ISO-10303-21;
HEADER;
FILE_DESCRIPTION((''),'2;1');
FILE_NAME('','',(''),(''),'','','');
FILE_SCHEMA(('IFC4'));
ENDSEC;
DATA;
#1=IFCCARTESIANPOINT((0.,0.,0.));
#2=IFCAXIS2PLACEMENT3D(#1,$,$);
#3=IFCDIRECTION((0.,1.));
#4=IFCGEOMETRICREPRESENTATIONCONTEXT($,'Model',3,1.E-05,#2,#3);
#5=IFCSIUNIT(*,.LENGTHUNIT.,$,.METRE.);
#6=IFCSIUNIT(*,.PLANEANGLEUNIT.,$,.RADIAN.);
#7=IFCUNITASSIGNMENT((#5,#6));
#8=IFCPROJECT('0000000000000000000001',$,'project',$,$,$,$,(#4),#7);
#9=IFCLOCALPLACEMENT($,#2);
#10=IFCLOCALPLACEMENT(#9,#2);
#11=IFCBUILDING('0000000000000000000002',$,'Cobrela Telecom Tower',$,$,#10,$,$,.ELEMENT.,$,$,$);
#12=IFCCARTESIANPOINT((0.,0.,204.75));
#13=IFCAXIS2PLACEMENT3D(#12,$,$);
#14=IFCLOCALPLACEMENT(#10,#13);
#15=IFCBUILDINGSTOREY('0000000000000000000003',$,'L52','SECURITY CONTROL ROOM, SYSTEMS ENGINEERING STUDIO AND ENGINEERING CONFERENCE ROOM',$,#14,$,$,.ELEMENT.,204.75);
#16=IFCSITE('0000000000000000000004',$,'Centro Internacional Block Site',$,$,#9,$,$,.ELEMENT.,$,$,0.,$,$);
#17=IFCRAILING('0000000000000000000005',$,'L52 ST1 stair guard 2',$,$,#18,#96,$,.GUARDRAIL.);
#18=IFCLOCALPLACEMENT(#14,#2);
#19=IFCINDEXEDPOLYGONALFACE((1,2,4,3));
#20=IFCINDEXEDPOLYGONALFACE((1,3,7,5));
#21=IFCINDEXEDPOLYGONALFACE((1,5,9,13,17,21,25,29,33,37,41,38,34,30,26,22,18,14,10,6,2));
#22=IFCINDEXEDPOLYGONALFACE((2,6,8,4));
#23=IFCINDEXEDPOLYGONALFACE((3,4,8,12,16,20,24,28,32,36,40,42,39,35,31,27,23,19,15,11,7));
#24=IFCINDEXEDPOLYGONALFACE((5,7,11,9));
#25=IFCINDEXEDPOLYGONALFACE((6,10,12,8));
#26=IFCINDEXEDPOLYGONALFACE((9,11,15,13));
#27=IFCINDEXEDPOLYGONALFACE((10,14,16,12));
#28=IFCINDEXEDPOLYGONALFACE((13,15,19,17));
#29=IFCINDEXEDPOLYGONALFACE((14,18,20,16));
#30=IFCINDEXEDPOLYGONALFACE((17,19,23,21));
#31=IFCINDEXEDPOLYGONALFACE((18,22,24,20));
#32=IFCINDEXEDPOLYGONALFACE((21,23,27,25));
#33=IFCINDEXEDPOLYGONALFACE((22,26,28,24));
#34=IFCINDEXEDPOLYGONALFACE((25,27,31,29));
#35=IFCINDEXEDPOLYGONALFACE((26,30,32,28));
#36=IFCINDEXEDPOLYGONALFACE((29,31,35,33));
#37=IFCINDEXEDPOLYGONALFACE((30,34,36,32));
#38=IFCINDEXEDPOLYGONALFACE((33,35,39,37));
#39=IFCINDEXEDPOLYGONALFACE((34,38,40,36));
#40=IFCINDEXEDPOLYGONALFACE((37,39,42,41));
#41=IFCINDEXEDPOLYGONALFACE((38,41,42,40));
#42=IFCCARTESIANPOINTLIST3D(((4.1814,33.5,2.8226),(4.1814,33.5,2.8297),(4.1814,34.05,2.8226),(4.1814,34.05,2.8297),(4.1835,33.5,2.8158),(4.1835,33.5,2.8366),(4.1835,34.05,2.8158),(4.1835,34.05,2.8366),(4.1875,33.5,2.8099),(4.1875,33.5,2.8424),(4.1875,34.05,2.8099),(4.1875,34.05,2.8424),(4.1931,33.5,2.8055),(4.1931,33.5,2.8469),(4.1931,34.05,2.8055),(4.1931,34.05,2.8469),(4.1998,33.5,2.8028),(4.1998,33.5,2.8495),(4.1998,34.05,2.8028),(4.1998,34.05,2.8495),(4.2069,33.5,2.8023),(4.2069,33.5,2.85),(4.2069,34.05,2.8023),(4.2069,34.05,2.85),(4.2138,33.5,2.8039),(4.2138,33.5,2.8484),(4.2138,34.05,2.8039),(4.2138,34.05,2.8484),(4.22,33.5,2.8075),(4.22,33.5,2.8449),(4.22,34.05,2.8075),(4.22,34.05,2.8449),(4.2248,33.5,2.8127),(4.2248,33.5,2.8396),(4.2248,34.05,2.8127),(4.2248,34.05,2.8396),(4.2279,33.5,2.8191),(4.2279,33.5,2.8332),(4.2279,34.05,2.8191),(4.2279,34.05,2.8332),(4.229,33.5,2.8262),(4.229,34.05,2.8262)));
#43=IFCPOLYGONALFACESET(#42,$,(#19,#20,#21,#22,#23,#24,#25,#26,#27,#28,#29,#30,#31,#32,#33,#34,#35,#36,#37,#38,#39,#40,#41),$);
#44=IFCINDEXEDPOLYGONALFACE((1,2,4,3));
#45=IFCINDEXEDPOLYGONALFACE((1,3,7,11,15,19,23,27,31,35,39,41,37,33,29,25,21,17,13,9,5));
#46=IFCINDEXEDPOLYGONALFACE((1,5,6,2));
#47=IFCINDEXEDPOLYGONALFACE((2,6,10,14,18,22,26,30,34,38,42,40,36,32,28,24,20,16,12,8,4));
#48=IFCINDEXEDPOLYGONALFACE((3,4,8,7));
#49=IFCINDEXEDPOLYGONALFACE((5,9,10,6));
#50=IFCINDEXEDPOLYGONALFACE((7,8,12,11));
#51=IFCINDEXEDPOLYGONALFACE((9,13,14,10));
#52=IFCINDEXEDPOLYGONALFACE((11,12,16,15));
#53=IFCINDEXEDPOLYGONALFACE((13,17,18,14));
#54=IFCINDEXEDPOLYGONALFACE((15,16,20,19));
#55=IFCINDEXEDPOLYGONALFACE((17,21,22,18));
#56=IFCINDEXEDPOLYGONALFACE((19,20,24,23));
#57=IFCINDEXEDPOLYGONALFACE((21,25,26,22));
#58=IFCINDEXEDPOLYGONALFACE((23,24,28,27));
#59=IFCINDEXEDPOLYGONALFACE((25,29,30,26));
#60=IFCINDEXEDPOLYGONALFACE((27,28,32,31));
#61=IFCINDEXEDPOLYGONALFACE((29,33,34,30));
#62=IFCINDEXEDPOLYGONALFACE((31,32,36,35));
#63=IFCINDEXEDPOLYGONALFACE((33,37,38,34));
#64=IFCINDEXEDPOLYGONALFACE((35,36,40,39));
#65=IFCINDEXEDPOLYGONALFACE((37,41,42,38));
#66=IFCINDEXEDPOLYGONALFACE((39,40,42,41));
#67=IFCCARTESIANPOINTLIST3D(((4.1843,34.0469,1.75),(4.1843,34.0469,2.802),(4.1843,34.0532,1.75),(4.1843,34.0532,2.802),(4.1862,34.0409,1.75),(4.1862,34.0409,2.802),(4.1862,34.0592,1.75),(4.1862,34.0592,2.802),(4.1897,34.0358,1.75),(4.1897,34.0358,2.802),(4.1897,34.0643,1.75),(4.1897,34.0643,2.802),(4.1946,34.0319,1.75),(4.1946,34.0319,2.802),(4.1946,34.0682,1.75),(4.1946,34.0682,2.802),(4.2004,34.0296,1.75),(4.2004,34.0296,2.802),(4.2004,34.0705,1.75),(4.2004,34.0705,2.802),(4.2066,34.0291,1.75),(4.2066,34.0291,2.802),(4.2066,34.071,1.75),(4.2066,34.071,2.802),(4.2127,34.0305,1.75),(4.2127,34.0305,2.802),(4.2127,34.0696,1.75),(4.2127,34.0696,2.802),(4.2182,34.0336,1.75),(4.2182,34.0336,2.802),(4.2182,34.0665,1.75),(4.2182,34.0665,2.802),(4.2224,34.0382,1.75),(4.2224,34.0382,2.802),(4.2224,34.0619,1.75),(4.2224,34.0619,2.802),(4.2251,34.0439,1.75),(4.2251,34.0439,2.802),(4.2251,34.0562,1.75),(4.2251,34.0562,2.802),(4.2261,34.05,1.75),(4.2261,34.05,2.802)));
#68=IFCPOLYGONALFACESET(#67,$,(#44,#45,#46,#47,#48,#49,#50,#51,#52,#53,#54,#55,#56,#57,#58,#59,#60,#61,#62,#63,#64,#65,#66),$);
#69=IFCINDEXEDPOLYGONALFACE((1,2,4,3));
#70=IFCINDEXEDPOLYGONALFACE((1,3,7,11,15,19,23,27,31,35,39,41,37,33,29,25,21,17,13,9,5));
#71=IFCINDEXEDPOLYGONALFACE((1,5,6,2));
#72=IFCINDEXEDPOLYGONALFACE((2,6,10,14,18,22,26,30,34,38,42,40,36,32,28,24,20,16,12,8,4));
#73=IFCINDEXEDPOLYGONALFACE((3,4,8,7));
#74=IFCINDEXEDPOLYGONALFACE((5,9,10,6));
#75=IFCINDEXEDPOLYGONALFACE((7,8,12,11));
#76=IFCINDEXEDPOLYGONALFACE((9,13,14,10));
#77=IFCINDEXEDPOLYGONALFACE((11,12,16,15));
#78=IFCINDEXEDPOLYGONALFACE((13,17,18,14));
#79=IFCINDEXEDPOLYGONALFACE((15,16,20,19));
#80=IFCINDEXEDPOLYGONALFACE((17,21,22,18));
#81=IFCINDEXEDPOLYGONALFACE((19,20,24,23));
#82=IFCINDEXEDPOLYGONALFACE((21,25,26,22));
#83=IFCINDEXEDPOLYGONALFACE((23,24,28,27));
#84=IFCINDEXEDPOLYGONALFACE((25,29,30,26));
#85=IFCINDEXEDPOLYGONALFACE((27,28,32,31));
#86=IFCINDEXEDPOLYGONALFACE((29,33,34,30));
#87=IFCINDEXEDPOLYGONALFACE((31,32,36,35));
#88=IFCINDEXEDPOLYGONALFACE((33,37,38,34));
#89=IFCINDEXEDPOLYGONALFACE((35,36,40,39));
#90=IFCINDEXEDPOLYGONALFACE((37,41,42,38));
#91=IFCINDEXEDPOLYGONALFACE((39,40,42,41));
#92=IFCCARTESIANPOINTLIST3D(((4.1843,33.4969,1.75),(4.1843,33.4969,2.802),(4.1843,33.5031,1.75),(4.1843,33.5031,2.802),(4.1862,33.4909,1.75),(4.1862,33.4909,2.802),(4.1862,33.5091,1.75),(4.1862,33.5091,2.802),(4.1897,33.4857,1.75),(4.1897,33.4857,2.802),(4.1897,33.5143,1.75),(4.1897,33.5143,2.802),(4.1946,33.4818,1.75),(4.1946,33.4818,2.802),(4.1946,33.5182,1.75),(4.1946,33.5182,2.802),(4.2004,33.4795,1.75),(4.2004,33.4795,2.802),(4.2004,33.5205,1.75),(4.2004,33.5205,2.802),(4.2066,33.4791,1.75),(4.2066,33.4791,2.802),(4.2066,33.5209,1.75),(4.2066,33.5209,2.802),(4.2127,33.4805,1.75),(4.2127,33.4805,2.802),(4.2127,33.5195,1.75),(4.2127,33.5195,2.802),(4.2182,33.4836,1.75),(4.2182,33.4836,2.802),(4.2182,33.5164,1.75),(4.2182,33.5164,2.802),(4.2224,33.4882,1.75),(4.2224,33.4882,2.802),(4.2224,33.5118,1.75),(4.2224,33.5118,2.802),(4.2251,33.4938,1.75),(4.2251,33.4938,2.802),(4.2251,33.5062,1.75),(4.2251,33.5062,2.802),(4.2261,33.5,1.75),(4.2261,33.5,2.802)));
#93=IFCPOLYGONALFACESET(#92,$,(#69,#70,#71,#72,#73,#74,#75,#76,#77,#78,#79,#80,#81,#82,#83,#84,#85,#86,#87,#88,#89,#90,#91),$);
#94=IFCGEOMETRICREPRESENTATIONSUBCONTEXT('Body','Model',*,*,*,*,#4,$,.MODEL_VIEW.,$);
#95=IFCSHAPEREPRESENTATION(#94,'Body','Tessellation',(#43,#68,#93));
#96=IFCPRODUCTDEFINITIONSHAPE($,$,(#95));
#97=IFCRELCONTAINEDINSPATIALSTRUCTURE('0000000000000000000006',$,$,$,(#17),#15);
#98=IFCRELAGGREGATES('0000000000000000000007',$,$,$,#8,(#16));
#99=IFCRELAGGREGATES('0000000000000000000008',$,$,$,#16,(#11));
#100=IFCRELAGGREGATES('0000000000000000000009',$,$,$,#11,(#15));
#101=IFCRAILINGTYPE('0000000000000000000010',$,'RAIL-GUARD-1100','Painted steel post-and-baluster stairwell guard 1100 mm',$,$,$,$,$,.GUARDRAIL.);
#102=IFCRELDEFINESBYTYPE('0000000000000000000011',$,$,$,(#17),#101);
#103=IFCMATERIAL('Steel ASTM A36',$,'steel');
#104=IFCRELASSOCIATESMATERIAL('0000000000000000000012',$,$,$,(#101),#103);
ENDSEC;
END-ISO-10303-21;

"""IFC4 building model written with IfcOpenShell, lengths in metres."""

from ifc_helpers import new_model, si_unit, direction, frame, origin, origin_2d, place, context, subcontext, project, spatial, circle, extrude, material, type_object, element, save


model = new_model("IFC4")

# Units and contexts
model_context = context("Model", 3, precision=1e-05, world=origin(), true_north=direction((0.0, 1.0)))
body_context = subcontext(model_context, "Body", "Model", "MODEL_VIEW")
ifc_project = project(units=[si_unit("LENGTHUNIT", "METRE"), si_unit("PLANEANGLEUNIT", "RADIAN")], contexts=[model_context])

# Site, building, storey
site_placement = place(None, origin())
site = spatial("IfcSite", under=ifc_project, at=site_placement, Name="Centro Internacional Block Site", CompositionType="ELEMENT", RefElevation=0.0)
building_placement = place(site_placement, origin())
building = spatial("IfcBuilding", under=site, at=building_placement, Name="Cobrela Telecom Tower", CompositionType="ELEMENT")
storey_placement = place(building_placement, frame((0.0, 0.0, 204.75)))
storey = spatial("IfcBuildingStorey", under=building, at=storey_placement, Name="L52", Description="SECURITY CONTROL ROOM, SYSTEMS ENGINEERING STUDIO AND ENGINEERING CONFERENCE ROOM", CompositionType="ELEMENT", Elevation=204.75)

# Shared definitions
ifc_material_1 = material(Name="Steel ASTM A36", Category="steel")

# Railing
railing_type_1 = type_object("IfcRailingType", Name="RAIL-GUARD-1100", Description="Painted steel post-and-baluster stairwell guard 1100 mm", PredefinedType="GUARDRAIL", material=ifc_material_1)
railing_1_placement = place(storey_placement, frame((4.2051, 34.05, 1.75)))
element("IfcRailing", 1, at=railing_1_placement, inside=storey, type_object=railing_type_1, Name="L52 ST1 stair guard 2", PredefinedType="GUARDRAIL", context=body_context, shape_type="SweptSolid", body=[
    extrude(circle(Radius=0.0239, at=origin_2d()), frame((0.0, 0.0, 1.0762), z_axis=(0.0, -1.0, 0.0), x_axis=(1.0, 0.0, 0.0)), (0.0, 0.0, 1.0), 0.55),
    extrude(circle(Radius=0.021, at=origin_2d()), origin(), (0.0, 0.0, 1.0), 1.052),
    extrude(circle(Radius=0.021, at=origin_2d()), frame((0.0, -0.55, 0.0)), (0.0, 0.0, 1.0), 1.052),
])

save(model, "model.ifc")
